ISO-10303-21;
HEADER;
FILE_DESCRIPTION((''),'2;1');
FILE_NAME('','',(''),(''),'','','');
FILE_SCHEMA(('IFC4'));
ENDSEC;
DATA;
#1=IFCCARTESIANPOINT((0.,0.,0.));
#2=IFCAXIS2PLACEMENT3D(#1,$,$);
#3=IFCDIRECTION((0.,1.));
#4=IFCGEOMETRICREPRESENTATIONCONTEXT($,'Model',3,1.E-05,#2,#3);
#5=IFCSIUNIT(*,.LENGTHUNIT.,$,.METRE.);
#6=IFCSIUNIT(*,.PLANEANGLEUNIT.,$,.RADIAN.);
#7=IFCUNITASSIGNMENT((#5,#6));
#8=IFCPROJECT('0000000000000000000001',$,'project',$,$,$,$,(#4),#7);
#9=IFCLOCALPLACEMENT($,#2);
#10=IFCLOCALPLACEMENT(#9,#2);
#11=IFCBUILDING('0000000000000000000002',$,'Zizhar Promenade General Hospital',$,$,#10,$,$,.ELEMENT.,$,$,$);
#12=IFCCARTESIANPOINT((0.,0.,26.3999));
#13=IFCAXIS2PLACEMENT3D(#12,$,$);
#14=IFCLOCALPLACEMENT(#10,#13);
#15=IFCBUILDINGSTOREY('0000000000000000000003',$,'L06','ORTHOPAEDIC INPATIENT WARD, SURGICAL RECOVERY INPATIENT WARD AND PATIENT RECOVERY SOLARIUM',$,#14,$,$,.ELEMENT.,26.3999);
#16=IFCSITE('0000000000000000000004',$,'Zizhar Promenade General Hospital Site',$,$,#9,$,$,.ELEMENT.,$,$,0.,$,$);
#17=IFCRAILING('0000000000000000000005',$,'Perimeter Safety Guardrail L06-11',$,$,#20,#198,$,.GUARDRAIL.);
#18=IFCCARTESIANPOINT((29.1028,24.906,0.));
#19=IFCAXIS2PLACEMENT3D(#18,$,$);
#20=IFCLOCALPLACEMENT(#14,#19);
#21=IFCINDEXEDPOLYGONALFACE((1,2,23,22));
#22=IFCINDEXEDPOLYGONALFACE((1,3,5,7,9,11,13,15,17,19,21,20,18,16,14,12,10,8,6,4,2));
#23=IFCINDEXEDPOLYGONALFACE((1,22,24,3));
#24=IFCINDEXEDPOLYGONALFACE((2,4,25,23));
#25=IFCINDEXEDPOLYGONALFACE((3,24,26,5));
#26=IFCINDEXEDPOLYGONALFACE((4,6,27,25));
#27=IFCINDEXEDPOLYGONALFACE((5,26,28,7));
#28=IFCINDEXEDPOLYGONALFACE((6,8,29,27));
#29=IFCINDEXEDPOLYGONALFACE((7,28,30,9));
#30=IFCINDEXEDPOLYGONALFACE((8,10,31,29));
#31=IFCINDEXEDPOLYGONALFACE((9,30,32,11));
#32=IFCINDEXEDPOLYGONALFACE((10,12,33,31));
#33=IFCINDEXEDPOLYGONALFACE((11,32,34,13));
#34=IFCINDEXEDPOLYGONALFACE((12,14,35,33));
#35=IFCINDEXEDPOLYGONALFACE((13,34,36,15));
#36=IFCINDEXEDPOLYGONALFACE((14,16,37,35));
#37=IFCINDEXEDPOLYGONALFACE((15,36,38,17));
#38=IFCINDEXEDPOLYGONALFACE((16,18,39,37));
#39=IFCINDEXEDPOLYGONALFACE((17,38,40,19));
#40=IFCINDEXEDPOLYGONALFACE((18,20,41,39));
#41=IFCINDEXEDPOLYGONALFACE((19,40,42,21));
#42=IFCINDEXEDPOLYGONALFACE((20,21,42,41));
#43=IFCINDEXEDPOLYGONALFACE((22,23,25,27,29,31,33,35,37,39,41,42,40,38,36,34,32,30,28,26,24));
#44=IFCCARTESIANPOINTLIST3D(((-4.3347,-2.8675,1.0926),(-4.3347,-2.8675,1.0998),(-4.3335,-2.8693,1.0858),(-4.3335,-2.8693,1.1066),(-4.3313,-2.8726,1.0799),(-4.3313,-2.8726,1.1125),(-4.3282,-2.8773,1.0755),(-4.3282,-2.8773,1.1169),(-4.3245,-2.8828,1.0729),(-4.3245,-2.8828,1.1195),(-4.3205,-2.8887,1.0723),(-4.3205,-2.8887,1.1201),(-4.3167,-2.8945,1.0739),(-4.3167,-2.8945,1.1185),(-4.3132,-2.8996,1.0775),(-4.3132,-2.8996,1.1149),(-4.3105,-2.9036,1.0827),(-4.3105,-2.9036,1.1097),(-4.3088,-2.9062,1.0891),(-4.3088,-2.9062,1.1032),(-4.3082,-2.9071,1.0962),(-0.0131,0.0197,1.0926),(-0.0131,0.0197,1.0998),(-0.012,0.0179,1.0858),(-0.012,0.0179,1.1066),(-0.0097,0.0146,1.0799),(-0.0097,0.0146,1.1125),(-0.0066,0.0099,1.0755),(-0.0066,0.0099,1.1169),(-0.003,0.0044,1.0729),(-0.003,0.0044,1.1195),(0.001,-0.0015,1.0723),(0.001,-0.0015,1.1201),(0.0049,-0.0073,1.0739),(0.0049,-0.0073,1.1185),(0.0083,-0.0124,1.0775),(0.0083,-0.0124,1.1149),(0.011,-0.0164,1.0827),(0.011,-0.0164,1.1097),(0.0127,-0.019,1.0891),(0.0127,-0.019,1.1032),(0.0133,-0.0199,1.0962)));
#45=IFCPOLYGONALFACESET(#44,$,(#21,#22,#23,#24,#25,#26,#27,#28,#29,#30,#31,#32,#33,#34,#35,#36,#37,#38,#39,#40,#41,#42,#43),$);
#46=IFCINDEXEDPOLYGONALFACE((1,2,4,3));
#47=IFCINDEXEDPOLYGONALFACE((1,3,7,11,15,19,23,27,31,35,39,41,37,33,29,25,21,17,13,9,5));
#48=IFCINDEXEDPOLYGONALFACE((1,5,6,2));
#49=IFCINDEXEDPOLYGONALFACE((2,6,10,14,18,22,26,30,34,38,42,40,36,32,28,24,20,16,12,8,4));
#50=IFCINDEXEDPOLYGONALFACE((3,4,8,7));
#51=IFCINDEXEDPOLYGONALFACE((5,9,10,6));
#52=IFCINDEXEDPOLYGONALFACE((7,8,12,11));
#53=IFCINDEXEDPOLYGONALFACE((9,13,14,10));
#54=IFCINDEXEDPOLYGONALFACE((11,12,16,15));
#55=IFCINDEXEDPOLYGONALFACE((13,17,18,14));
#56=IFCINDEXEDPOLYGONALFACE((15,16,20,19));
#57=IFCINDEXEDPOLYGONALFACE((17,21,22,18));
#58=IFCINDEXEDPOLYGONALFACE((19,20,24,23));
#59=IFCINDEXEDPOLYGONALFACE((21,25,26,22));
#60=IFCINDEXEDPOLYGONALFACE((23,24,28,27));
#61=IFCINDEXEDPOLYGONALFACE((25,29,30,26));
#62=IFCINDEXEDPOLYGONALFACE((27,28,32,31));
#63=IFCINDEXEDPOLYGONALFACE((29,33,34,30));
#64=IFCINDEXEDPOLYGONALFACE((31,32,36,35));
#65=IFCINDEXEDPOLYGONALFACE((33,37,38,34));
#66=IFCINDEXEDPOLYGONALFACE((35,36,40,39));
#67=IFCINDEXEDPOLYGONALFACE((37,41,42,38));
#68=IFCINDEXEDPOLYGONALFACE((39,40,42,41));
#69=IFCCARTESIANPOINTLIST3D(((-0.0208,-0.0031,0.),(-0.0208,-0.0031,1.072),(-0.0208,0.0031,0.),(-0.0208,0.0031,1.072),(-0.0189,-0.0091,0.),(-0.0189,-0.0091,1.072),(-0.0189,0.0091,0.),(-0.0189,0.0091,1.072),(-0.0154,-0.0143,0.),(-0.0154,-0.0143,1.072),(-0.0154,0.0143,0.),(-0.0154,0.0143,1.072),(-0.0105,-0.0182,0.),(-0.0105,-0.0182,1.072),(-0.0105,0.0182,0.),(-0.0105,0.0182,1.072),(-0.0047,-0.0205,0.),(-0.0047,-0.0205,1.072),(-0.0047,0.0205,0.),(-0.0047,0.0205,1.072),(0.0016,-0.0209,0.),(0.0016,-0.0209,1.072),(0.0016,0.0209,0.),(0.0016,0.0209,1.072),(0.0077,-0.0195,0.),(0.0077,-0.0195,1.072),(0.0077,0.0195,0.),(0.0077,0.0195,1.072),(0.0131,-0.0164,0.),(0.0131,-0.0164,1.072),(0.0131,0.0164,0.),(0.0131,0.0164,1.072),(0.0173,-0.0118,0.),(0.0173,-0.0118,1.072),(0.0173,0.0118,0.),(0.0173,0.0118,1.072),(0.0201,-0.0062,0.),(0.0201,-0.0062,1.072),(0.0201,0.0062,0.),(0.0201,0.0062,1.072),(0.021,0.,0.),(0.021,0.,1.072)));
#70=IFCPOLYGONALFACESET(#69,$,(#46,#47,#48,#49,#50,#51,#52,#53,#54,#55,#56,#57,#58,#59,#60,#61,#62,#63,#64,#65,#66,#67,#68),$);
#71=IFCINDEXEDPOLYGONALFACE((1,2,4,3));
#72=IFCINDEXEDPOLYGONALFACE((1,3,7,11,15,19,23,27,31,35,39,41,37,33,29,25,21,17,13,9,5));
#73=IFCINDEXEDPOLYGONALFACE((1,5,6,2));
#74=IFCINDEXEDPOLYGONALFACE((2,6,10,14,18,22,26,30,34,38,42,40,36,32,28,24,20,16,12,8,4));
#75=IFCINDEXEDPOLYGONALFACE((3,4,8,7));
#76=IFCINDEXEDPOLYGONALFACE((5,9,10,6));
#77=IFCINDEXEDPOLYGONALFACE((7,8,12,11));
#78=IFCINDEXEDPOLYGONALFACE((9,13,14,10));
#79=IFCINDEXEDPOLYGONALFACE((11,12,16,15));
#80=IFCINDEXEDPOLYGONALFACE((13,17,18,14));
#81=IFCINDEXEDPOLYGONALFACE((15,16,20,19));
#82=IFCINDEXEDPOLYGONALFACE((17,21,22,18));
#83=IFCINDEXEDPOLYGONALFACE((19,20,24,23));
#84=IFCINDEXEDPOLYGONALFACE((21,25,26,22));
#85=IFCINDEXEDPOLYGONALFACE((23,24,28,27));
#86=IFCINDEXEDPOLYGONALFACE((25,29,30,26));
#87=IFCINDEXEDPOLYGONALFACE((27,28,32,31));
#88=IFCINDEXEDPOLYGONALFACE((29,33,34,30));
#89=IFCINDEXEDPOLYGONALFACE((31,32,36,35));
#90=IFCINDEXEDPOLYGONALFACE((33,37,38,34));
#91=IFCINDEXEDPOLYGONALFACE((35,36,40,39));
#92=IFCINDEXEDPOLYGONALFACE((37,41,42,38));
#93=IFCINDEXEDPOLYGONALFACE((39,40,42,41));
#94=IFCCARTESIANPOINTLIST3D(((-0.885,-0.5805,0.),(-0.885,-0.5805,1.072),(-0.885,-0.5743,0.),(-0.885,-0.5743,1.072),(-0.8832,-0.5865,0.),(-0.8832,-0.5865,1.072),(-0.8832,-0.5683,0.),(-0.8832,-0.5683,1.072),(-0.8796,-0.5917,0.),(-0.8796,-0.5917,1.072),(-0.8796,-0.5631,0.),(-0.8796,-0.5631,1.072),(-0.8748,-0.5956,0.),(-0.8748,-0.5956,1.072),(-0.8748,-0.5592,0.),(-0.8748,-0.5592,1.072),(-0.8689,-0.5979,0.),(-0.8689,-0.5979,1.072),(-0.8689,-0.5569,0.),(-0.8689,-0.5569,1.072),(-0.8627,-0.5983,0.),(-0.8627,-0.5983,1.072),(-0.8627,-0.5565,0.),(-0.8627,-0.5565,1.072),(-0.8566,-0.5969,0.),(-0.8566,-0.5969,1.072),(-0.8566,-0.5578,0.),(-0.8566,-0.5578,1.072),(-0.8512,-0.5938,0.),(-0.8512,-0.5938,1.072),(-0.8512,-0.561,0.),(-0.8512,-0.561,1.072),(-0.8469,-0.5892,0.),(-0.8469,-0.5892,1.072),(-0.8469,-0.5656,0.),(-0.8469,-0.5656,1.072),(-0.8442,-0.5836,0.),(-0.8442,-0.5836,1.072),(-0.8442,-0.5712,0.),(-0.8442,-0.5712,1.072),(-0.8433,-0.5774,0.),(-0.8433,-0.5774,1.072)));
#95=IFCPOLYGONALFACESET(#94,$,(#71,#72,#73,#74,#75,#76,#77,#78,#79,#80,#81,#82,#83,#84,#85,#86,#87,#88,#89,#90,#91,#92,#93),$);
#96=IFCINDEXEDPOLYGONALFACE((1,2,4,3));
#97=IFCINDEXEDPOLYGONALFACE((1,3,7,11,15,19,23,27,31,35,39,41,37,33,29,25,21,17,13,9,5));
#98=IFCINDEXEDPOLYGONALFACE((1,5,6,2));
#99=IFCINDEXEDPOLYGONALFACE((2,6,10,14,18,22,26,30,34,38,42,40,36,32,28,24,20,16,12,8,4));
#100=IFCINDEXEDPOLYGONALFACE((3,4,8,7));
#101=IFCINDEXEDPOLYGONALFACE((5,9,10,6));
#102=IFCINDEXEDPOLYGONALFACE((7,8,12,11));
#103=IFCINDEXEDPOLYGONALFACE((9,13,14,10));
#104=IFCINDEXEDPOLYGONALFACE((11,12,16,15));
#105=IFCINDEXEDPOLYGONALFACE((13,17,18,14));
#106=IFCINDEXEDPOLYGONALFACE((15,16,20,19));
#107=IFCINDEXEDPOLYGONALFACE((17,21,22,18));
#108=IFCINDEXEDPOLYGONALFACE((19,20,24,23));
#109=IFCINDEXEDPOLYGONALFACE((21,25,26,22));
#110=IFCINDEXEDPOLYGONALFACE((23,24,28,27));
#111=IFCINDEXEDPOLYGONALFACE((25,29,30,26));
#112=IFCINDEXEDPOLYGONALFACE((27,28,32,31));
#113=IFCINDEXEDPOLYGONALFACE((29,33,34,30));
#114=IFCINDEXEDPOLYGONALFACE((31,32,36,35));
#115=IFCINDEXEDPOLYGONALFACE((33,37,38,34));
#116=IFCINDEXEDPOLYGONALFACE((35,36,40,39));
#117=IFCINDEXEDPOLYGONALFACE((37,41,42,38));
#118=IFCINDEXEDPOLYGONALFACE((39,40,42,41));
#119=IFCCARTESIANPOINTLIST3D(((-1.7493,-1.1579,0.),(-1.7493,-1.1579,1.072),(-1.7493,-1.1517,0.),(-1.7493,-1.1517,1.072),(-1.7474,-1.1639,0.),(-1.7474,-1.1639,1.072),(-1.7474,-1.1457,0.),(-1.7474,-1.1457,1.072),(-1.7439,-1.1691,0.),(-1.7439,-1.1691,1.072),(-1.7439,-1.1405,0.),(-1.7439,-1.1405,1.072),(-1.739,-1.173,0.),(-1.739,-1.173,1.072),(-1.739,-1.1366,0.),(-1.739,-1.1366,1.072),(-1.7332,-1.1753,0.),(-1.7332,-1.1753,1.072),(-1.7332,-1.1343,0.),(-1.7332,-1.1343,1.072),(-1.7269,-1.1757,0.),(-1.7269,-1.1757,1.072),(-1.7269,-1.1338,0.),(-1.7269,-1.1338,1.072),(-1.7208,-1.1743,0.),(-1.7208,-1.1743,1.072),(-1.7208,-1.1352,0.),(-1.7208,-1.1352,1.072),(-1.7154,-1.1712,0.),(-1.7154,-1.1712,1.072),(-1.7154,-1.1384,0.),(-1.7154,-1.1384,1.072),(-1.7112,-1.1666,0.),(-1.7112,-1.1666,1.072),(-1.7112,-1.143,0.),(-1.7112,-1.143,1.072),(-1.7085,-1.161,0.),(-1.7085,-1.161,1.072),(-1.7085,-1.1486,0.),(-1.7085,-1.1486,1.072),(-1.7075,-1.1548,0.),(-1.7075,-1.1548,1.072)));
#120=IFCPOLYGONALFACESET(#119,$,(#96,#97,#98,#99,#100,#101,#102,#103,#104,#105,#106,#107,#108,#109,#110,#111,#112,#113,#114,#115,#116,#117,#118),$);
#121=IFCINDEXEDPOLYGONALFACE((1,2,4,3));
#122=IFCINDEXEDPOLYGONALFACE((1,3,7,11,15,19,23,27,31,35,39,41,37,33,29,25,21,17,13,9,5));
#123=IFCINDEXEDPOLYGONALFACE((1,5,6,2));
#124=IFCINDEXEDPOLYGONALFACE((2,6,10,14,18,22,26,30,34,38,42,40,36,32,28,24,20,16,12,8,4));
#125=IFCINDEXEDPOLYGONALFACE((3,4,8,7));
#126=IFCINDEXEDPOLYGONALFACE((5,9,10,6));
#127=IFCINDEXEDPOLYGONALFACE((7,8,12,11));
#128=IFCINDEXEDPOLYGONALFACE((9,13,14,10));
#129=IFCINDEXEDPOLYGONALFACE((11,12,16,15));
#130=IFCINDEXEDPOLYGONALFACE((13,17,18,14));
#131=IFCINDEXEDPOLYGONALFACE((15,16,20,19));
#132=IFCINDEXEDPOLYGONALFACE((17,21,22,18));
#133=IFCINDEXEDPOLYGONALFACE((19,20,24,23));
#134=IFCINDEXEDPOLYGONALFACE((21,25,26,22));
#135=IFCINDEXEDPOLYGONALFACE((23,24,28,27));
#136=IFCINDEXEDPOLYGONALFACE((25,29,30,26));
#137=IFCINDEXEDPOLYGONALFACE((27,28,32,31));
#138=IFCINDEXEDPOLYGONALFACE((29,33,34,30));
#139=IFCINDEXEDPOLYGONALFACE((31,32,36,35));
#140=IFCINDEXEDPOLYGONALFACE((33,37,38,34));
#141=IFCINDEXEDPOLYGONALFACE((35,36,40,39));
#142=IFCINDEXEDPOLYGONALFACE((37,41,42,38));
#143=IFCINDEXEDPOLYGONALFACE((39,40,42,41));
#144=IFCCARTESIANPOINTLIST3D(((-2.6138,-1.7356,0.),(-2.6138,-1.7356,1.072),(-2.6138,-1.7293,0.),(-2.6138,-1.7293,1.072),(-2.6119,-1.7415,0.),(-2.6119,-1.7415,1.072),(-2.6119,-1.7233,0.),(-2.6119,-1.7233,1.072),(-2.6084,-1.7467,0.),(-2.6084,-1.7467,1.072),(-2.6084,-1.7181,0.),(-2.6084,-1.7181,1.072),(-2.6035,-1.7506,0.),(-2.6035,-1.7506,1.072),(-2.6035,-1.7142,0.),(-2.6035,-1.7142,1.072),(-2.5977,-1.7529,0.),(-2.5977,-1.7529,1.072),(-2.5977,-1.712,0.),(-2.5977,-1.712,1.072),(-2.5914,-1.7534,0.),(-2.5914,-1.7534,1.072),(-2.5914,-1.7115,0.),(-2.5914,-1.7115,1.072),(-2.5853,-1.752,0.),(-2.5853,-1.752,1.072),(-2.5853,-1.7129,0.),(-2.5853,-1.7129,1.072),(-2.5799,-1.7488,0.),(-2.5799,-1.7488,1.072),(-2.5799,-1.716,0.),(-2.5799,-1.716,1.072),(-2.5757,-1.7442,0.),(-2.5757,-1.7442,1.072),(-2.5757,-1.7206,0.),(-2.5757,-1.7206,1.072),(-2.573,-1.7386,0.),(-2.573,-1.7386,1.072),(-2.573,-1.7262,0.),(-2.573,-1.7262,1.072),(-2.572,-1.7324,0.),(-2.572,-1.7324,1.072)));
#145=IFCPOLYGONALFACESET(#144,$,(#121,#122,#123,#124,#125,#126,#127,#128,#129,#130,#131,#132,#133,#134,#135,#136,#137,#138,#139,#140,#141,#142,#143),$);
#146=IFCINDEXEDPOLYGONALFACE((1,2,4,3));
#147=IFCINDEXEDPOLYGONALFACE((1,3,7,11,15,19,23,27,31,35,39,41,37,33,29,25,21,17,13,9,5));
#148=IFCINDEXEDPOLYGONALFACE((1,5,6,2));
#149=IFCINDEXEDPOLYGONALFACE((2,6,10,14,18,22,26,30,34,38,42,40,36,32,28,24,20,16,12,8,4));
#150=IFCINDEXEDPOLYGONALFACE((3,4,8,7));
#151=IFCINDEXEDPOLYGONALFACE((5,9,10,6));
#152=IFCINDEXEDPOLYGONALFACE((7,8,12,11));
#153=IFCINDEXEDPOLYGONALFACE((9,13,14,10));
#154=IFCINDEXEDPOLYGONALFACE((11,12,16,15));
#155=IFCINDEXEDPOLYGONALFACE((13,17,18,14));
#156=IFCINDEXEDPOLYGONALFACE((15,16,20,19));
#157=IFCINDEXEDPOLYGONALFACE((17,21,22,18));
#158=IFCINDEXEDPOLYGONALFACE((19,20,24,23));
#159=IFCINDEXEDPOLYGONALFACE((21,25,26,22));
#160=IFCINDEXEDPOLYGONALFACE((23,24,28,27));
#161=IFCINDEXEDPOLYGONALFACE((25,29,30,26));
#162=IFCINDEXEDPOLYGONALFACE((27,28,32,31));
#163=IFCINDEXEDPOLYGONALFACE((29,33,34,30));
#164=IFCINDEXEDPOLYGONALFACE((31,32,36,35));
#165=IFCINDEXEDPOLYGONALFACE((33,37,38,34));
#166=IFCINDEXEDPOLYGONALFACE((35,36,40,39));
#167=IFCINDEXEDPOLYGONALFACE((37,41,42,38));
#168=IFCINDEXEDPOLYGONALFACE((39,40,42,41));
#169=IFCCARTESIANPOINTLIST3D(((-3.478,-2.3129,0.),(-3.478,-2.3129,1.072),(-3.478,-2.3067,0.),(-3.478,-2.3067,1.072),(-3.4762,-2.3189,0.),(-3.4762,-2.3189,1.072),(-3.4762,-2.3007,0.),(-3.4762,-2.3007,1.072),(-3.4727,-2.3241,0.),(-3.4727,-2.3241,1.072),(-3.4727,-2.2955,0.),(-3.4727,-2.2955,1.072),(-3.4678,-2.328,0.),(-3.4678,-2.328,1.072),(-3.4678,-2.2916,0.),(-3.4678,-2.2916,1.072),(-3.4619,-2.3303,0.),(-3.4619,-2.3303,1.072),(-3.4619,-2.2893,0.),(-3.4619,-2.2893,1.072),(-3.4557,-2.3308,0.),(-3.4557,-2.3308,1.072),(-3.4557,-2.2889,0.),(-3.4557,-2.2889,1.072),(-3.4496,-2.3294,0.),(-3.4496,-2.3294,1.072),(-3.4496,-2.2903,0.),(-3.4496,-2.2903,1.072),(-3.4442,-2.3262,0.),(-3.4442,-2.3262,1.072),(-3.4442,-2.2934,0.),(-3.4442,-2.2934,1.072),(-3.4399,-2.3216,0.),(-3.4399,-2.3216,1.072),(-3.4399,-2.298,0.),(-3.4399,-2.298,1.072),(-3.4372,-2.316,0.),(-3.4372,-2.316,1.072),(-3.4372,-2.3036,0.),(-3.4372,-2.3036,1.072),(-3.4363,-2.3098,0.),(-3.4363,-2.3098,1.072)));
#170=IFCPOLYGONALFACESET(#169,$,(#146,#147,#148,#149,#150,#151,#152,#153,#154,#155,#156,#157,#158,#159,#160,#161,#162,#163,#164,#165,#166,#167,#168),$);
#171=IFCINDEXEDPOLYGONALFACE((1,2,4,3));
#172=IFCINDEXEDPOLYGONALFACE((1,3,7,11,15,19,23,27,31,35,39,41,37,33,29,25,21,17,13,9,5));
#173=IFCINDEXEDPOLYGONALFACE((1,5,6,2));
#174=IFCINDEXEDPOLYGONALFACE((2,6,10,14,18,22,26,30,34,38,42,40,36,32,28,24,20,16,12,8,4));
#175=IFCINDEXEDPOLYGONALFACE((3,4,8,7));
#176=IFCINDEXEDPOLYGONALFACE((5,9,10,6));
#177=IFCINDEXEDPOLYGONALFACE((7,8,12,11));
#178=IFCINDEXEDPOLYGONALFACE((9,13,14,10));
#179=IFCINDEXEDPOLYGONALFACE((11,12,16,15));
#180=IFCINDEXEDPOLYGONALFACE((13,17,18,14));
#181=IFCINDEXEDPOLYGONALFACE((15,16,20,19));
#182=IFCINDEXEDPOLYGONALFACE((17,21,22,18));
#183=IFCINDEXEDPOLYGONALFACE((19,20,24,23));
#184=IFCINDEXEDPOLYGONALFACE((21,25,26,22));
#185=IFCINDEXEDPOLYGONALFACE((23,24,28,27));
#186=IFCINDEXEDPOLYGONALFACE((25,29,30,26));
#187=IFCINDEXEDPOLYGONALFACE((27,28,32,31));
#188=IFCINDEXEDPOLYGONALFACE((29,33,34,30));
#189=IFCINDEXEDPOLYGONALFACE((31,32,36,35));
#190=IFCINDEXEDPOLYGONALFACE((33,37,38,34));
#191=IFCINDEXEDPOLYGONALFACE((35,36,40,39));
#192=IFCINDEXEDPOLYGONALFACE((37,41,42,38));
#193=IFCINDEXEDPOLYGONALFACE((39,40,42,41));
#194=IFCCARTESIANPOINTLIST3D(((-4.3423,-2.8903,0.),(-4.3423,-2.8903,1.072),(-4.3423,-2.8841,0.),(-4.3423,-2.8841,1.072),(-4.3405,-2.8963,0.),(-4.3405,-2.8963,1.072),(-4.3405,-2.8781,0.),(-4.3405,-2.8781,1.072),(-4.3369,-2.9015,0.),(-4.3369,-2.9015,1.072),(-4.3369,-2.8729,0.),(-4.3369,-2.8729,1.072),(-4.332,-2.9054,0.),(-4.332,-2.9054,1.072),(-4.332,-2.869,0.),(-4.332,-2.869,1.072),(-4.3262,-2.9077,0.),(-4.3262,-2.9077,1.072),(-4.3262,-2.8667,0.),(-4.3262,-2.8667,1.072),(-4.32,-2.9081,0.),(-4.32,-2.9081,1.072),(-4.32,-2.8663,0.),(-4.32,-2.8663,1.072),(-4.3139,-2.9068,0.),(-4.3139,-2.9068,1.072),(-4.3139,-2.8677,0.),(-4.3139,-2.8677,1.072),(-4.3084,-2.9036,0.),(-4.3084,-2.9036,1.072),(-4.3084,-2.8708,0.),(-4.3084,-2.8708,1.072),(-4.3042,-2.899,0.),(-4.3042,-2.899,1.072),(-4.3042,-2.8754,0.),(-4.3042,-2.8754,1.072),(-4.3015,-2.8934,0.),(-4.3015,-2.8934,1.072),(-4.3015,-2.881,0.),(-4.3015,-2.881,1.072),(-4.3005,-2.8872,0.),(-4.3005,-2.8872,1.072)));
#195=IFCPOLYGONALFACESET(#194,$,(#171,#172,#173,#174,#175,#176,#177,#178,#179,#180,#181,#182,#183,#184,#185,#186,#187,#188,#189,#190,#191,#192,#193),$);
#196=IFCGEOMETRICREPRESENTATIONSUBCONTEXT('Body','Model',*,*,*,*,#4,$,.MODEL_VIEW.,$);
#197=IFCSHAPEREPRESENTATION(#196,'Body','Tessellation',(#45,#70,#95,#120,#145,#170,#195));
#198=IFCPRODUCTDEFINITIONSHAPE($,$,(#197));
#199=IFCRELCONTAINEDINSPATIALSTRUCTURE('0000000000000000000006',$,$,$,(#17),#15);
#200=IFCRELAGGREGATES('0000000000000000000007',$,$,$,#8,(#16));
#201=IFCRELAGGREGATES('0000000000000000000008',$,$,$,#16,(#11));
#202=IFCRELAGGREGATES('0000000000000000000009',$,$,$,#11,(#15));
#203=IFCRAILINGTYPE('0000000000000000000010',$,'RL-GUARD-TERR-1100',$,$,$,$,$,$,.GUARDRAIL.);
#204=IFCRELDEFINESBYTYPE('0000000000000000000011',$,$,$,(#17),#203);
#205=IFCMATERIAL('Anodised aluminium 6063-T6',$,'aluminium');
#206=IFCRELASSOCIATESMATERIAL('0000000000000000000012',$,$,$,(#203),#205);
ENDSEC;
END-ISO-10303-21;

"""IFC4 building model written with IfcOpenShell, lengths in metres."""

from ifc_helpers import new_model, si_unit, direction, frame, origin, origin_2d, place, context, subcontext, project, spatial, circle, hollow_circle, extrude, material, material_profile, profile_set, type_object, element, save


model = new_model("IFC4")

# Units and contexts
model_context = context("Model", 3, precision=1e-05, world=origin(), true_north=direction((0.0, 1.0)))
body_context = subcontext(model_context, "Body", "Model", "MODEL_VIEW")
ifc_project = project(units=[si_unit("LENGTHUNIT", "METRE"), si_unit("PLANEANGLEUNIT", "RADIAN")], contexts=[model_context])

# Site, building, storey
site_placement = place(None, origin())
site = spatial("IfcSite", under=ifc_project, at=site_placement, Name="Zizhar Promenade General Hospital Site", CompositionType="ELEMENT", RefElevation=0.0)
building_placement = place(site_placement, origin())
building = spatial("IfcBuilding", under=site, at=building_placement, Name="Zizhar Promenade General Hospital", CompositionType="ELEMENT")
storey_placement = place(building_placement, frame((0.0, 0.0, 26.3999)))
storey = spatial("IfcBuildingStorey", under=building, at=storey_placement, Name="L06", Description="ORTHOPAEDIC INPATIENT WARD, SURGICAL RECOVERY INPATIENT WARD AND PATIENT RECOVERY SOLARIUM", CompositionType="ELEMENT", Elevation=26.3999)

# Railing
ifc_material_1 = material(Name="Anodised aluminium 6063-T6", Category="aluminium")
ifc_material_profile_1 = material_profile(ifc_material_1, hollow_circle(Radius=0.0698, WallThickness=0.0063, at=origin_2d()))
ifc_profile_set_1 = profile_set([ifc_material_profile_1], Name="Anodised aluminium 6063-T6")
railing_type = type_object("IfcRailingType", Name="RL-GUARD-TERR-1100", PredefinedType="GUARDRAIL", material=ifc_profile_set_1)
railing_1_placement = place(storey_placement, frame((29.1028, 24.906, 0.0)))
element("IfcRailing", 1, at=railing_1_placement, inside=storey, type_object=railing_type, Name="Perimeter Safety Guardrail L06-11", PredefinedType="GUARDRAIL", context=body_context, shape_type="SweptSolid", body=[
    extrude(circle(Radius=0.0239, at=origin_2d()), frame((0.0, 0.0, 1.0962), z_axis=(-0.831501, -0.555524, 0.0), x_axis=(0.555524, -0.831501, 0.0)), (0.0, 0.0, 1.0), 5.1973),
    extrude(circle(Radius=0.021, at=origin_2d()), origin(), (0.0, 0.0, 1.0), 1.072),
    extrude(circle(Radius=0.021, at=origin_2d()), frame((-0.8643, -0.5774, 0.0)), (0.0, 0.0, 1.0), 1.072),
    extrude(circle(Radius=0.021, at=origin_2d()), frame((-1.7285, -1.1548, 0.0)), (0.0, 0.0, 1.0), 1.072),
    extrude(circle(Radius=0.021, at=origin_2d()), frame((-2.593, -1.7324, 0.0)), (0.0, 0.0, 1.0), 1.072),
    extrude(circle(Radius=0.021, at=origin_2d()), frame((-3.4573, -2.3098, 0.0)), (0.0, 0.0, 1.0), 1.072),
    extrude(circle(Radius=0.021, at=origin_2d()), frame((-4.3215, -2.8872, 0.0)), (0.0, 0.0, 1.0), 1.072),
])

save(model, "model.ifc")
